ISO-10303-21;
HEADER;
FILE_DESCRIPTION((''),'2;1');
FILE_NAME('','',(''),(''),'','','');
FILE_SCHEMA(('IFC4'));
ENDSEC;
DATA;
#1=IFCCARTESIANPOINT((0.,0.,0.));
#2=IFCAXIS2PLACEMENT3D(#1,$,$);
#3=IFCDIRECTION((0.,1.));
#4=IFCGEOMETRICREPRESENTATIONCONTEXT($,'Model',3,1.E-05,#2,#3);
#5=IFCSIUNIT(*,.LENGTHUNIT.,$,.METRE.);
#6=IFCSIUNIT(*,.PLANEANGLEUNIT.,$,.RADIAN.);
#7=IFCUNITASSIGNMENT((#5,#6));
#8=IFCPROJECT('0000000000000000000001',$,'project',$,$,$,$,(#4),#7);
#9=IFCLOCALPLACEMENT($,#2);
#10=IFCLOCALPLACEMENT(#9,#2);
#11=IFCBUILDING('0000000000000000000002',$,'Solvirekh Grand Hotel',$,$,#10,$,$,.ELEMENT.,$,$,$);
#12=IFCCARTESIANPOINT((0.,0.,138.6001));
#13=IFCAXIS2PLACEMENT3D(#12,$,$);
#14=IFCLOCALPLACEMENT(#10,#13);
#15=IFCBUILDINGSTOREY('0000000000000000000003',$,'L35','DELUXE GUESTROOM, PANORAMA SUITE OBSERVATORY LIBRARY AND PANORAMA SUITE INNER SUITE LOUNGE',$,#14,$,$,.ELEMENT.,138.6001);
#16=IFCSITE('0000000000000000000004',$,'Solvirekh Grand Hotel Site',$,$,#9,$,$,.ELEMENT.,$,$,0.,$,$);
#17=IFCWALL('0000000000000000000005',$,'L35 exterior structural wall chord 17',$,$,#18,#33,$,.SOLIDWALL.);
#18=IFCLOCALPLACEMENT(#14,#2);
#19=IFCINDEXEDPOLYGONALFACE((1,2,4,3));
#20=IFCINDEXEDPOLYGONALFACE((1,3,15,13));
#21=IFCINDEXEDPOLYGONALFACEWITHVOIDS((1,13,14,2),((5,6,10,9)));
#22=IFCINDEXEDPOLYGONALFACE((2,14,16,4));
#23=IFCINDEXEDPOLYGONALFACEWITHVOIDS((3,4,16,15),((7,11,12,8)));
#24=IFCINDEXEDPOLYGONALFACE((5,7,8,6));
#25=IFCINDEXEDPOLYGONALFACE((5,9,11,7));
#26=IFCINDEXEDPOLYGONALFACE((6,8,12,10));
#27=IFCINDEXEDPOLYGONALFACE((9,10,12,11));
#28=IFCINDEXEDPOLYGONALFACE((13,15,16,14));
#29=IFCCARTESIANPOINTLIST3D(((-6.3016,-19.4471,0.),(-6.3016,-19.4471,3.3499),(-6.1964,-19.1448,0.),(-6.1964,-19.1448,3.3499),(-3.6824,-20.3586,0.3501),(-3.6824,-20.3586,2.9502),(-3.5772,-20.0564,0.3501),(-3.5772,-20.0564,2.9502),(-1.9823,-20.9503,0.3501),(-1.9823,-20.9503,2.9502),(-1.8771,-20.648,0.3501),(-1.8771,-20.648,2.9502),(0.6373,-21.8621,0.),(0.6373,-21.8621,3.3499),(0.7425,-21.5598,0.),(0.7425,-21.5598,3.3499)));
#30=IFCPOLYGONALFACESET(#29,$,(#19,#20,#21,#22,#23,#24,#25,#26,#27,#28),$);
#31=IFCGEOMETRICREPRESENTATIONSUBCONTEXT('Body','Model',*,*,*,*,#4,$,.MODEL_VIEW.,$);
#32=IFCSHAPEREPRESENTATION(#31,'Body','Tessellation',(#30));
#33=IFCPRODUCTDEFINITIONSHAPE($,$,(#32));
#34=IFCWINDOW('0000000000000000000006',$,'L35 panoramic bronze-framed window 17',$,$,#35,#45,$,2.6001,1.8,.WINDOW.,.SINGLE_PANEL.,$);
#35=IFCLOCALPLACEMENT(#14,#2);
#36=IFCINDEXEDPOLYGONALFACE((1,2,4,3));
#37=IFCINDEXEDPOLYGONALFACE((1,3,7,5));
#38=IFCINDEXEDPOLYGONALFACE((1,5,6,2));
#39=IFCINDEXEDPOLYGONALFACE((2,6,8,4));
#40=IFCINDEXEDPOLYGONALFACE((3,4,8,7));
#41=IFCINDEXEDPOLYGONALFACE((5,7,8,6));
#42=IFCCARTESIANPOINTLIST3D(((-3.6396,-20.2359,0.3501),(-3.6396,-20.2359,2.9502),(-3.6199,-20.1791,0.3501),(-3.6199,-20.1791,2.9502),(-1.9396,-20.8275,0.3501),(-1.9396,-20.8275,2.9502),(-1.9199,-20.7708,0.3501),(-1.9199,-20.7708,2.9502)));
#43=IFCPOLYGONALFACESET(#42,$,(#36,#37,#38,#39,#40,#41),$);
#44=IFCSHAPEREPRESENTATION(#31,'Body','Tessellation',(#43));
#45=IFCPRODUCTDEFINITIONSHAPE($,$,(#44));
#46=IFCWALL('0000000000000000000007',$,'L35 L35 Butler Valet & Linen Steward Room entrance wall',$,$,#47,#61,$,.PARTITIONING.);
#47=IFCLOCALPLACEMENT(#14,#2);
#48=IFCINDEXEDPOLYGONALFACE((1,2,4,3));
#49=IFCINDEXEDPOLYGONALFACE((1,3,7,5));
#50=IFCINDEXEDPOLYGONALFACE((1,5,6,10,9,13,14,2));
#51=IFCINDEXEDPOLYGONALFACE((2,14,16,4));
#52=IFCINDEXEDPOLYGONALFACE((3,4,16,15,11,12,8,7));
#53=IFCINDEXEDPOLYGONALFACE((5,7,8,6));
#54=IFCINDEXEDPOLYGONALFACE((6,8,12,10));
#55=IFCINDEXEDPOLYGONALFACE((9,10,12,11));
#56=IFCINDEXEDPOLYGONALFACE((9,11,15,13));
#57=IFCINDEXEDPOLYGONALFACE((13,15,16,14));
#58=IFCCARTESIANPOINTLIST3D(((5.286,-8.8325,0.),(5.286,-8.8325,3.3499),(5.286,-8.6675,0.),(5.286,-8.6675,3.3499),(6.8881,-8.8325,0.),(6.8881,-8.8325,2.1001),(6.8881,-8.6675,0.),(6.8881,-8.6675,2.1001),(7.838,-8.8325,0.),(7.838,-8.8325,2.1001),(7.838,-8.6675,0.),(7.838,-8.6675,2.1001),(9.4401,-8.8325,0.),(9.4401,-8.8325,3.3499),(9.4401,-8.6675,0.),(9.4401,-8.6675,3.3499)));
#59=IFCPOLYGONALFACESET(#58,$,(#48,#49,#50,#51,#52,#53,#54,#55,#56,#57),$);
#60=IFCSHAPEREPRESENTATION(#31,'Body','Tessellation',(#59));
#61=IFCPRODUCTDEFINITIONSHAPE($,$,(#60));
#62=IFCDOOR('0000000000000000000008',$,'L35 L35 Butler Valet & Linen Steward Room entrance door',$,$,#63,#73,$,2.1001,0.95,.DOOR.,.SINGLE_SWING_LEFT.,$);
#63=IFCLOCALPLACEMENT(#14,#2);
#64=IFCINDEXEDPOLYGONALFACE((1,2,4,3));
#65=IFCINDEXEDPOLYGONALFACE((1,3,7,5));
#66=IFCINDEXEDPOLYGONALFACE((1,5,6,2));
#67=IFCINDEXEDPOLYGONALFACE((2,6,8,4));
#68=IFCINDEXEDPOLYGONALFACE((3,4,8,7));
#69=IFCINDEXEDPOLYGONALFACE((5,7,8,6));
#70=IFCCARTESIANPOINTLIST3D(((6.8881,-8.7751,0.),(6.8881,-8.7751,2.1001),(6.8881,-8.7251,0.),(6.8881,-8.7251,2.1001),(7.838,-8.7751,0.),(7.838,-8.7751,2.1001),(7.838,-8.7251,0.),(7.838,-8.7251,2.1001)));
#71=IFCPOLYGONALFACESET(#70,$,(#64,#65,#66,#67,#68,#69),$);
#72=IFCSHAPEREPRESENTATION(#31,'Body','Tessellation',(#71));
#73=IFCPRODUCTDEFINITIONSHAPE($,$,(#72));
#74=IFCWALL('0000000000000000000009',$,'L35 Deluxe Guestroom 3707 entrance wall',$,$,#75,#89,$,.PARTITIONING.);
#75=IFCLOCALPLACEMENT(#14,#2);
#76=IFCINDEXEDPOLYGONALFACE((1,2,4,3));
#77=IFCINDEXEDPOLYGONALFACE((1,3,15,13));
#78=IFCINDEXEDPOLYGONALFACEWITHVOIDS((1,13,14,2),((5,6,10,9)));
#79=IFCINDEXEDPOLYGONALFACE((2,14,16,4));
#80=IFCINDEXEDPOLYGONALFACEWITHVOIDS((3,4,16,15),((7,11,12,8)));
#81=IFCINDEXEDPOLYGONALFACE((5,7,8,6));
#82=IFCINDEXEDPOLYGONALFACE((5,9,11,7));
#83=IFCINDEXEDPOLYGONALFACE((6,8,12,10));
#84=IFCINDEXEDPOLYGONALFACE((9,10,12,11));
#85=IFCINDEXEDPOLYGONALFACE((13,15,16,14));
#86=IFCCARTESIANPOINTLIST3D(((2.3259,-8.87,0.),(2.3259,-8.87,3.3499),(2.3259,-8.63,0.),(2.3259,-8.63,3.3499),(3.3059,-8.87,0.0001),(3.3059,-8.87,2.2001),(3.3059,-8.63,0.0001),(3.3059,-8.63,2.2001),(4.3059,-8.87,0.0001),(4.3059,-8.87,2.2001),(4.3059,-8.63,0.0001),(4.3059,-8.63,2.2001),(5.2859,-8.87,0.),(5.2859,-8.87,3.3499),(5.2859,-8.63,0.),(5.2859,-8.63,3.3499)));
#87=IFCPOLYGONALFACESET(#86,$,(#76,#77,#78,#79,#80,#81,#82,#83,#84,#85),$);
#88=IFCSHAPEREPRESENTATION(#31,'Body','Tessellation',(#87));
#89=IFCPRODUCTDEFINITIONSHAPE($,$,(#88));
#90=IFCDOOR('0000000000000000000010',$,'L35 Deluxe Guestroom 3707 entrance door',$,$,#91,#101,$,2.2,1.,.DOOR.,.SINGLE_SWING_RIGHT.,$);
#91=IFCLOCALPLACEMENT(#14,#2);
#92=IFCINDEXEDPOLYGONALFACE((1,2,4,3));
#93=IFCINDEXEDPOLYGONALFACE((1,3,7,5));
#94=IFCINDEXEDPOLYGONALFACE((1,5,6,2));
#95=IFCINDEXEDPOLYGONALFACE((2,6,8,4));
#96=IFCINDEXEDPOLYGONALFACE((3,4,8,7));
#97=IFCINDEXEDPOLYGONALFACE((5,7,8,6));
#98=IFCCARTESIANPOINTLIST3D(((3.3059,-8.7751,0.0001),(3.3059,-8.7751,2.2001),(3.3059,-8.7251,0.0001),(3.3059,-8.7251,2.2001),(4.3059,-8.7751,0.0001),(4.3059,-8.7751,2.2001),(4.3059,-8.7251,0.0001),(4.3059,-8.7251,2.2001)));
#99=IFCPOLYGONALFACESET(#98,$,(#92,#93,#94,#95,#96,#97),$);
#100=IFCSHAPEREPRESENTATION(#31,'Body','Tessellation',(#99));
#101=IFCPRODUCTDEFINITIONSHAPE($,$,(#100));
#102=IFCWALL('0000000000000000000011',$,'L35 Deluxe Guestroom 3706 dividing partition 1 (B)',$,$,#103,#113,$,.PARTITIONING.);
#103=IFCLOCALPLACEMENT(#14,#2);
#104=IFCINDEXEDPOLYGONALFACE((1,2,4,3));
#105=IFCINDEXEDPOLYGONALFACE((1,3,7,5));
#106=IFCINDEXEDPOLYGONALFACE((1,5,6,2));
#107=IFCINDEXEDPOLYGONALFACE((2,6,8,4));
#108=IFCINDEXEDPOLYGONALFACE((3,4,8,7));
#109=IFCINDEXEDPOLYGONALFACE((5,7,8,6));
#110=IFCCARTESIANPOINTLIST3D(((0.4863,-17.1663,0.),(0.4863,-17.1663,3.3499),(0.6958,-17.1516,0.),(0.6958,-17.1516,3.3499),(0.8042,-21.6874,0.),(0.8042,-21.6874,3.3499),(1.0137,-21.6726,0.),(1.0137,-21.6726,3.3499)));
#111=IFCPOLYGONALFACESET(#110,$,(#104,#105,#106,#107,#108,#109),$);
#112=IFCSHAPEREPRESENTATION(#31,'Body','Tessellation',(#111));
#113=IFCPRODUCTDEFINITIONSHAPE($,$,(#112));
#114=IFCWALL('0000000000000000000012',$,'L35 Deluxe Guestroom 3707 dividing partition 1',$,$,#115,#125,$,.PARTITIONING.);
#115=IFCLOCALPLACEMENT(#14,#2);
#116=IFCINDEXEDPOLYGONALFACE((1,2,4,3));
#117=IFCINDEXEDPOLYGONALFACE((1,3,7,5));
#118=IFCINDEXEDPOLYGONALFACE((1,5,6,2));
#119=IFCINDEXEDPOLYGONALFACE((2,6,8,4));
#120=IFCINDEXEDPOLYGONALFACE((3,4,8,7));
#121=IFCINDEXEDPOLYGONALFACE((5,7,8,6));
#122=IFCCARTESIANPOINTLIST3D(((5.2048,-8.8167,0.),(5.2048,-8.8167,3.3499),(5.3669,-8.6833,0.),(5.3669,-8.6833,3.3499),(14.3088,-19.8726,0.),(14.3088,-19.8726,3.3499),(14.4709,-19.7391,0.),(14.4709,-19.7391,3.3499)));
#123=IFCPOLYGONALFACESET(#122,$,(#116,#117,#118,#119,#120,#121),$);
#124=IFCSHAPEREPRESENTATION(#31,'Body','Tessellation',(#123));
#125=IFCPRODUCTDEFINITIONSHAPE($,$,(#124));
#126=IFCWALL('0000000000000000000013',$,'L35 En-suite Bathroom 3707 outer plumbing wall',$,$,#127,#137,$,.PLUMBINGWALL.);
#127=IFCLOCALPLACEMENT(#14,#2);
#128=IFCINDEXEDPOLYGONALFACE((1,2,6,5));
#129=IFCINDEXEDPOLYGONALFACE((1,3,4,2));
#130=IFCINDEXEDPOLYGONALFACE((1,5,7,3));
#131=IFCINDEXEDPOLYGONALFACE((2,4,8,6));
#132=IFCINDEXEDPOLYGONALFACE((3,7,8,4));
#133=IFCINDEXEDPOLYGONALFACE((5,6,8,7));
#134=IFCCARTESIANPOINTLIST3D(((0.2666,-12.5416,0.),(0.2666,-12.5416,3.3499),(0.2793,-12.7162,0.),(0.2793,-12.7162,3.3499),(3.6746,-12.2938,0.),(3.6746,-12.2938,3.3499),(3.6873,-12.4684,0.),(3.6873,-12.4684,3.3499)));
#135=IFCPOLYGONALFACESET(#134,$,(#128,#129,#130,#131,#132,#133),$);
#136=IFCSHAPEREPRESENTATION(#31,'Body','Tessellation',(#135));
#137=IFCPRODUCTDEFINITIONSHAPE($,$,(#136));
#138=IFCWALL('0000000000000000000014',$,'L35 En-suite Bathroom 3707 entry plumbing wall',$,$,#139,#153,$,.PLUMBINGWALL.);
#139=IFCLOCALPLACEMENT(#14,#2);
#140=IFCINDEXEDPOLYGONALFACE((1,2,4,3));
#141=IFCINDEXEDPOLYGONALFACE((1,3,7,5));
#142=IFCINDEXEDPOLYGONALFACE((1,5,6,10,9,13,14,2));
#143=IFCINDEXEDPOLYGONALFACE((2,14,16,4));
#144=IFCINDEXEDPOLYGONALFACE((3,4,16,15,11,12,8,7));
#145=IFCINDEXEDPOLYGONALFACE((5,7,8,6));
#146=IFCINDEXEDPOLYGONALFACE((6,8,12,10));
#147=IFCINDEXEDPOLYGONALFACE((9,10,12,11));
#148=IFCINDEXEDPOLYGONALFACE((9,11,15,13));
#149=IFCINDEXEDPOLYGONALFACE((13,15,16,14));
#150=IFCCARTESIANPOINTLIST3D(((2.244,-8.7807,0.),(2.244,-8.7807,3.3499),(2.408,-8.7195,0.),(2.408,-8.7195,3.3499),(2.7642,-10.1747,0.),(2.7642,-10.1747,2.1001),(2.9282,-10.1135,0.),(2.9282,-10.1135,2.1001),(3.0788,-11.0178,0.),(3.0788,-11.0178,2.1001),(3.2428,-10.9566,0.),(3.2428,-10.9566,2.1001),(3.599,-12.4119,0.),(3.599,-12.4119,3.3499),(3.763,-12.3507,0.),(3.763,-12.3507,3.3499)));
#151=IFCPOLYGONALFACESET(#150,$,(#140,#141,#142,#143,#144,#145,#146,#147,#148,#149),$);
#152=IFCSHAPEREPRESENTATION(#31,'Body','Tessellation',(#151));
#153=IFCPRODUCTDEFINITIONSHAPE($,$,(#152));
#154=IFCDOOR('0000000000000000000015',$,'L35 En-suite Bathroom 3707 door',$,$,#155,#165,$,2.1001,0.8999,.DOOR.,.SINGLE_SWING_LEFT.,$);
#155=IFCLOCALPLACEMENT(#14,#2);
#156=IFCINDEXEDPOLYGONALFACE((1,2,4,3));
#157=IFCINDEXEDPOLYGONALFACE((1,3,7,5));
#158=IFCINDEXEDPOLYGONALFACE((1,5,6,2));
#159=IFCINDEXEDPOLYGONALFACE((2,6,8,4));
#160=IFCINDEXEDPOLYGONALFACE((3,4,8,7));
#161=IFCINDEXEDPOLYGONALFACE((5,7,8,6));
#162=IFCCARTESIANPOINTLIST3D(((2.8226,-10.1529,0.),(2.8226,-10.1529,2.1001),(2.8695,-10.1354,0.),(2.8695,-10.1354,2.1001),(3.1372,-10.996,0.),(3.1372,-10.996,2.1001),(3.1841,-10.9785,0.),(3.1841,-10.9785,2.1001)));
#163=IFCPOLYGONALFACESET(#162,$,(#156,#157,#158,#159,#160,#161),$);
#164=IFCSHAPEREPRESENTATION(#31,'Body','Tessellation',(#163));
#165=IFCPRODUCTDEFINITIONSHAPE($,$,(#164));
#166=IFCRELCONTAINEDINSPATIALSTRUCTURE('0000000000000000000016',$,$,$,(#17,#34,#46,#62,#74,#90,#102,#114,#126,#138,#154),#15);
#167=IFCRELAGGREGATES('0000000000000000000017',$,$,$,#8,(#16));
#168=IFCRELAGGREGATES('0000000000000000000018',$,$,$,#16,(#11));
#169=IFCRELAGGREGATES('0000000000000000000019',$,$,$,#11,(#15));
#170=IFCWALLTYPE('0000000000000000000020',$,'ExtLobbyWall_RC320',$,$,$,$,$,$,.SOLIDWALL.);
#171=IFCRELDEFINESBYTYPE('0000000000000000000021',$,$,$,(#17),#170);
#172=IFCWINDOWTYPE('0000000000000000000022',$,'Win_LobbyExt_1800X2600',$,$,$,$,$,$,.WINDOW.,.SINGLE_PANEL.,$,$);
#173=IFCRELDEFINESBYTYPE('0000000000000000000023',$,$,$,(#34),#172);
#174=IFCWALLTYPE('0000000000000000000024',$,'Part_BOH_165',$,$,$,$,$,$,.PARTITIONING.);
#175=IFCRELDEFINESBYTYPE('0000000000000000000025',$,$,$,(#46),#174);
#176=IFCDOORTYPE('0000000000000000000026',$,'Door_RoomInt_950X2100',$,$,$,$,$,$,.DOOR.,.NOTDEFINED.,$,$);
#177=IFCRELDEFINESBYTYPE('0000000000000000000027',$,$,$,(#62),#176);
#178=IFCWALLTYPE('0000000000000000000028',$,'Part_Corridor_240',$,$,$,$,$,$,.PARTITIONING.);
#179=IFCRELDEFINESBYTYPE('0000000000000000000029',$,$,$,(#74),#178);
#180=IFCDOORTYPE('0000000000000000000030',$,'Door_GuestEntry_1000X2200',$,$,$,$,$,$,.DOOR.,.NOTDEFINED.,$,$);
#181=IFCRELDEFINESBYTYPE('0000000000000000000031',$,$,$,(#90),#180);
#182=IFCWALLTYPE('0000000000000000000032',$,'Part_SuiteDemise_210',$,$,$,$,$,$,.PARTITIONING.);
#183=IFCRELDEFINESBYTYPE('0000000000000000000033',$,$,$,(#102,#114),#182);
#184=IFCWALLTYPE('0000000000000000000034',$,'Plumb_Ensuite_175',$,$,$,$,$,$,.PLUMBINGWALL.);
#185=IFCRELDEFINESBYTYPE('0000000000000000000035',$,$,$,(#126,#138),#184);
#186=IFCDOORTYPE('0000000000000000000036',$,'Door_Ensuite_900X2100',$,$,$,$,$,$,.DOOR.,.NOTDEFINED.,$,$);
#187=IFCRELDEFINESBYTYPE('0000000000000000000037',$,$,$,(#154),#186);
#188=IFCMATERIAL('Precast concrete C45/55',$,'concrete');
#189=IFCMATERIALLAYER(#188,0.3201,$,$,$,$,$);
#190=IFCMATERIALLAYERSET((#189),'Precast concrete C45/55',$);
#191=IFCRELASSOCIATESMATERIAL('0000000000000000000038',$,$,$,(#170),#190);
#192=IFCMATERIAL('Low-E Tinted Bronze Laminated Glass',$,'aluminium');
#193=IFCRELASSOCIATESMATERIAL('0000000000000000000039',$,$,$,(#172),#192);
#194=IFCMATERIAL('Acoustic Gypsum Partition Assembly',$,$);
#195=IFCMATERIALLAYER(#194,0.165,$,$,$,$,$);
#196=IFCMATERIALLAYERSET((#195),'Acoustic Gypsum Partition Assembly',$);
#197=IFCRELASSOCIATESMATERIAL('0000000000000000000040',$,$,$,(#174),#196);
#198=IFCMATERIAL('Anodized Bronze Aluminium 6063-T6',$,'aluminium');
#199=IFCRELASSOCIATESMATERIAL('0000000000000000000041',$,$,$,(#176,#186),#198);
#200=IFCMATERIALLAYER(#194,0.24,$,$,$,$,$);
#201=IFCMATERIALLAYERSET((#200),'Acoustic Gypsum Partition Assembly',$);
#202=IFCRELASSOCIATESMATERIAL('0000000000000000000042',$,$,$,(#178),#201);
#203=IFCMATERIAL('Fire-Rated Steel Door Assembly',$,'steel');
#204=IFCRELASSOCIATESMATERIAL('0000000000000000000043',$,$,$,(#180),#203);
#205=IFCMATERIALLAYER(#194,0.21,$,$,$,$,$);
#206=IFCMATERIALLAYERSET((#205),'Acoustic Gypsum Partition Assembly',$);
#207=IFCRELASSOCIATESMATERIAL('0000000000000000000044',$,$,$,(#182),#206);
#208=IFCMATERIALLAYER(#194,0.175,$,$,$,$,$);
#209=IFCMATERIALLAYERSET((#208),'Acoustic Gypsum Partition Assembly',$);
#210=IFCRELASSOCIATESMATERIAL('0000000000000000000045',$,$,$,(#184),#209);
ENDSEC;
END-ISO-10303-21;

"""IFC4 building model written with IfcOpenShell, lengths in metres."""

from ifc_helpers import new_model, si_unit, direction, frame, frame_2d, origin, place, context, subcontext, project, spatial, rectangle, extrude, material, layer, layer_set, type_object, element, fill, save


model = new_model("IFC4")

# Units and contexts
model_context = context("Model", 3, precision=1e-05, world=origin(), true_north=direction((0.0, 1.0)))
body_context = subcontext(model_context, "Body", "Model", "MODEL_VIEW")
ifc_project = project(units=[si_unit("LENGTHUNIT", "METRE"), si_unit("PLANEANGLEUNIT", "RADIAN")], contexts=[model_context])

# Site, building, storey
site_placement = place(None, origin())
site = spatial("IfcSite", under=ifc_project, at=site_placement, Name="Solvirekh Grand Hotel Site", CompositionType="ELEMENT", RefElevation=0.0)
building_placement = place(site_placement, origin())
building = spatial("IfcBuilding", under=site, at=building_placement, Name="Solvirekh Grand Hotel", CompositionType="ELEMENT")
storey_placement = place(building_placement, frame((0.0, 0.0, 138.6001)))
storey = spatial("IfcBuildingStorey", under=building, at=storey_placement, Name="L35", Description="DELUXE GUESTROOM, PANORAMA SUITE OBSERVATORY LIBRARY AND PANORAMA SUITE INNER SUITE LOUNGE", CompositionType="ELEMENT", Elevation=138.6001)

# Shared definitions
ifc_material_1 = material(Name="Anodized Bronze Aluminium 6063-T6", Category="aluminium")
ifc_material_2 = material(Name="Low-E Tinted Bronze Laminated Glass", Category="aluminium")

# Wall, opening, window
ifc_material_3 = material(Name="Precast concrete C45/55", Category="concrete")
ifc_layer_1 = layer(ifc_material_3, 0.3201)
ifc_layer_set_1 = layer_set([ifc_layer_1], Name="Precast concrete C45/55")
wall_type_1 = type_object("IfcWallType", Name="ExtLobbyWall_RC320", PredefinedType="SOLIDWALL", material=ifc_layer_set_1)
wall_1_placement = place(storey_placement, frame((0.6899, -21.7109, 0.0), z_axis=(0.0, 0.0, 1.0), x_axis=(-0.944434, 0.328701, 0.0)))
wall_1 = element("IfcWall", 1, at=wall_1_placement, inside=storey, type_object=wall_type_1, Name="L35 exterior structural wall chord 17", PredefinedType="SOLIDWALL", context=body_context, shape_type="SweptSolid", body=[
    extrude(rectangle(XDim=7.3472, YDim=0.3201, at=frame_2d((3.6736, 0.0))), origin(), (0.0, 0.0, 1.0), 3.3499),
])
opening_1_placement = place(wall_1_placement, frame((2.7739, 0.0, 0.3501)))
opening_1 = element("IfcOpeningElement", 2, at=opening_1_placement, cuts=wall_1, PredefinedType="OPENING", context=body_context, shape_type="SweptSolid", body=[
    extrude(rectangle(XDim=1.8, YDim=2.6001, at=frame_2d((0.8999, 1.3))), frame((0.0, 0.1699, 0.0), z_axis=(0.0, -1.0, 0.0), x_axis=(1.0, 0.0, 0.0)), (0.0, 0.0, 1.0), 0.3401),
])
window_type = type_object("IfcWindowType", Name="Win_LobbyExt_1800X2600", PartitioningType="SINGLE_PANEL", PredefinedType="WINDOW", material=ifc_material_2)
window_placement = place(opening_1_placement, origin())
window = element("IfcWindow", 3, at=window_placement, inside=storey, type_object=window_type, Name="L35 panoramic bronze-framed window 17", OverallHeight=2.6001, OverallWidth=1.8, PartitioningType="SINGLE_PANEL", PredefinedType="WINDOW", context=body_context, shape_type="SweptSolid", body=[
    extrude(rectangle(XDim=1.8, YDim=2.6001, at=frame_2d((0.8999, 1.3))), frame((0.0, 0.03, 0.0), z_axis=(0.0, -1.0, 0.0), x_axis=(1.0, 0.0, 0.0)), (0.0, 0.0, 1.0), 0.0601),
])
fill(opening_1, window)

# Walls, openings, doors
ifc_material_4 = material(Name="Acoustic Gypsum Partition Assembly")
ifc_layer_2 = layer(ifc_material_4, 0.165)
ifc_layer_set_2 = layer_set([ifc_layer_2], Name="Acoustic Gypsum Partition Assembly")
wall_type_2 = type_object("IfcWallType", Name="Part_BOH_165", PredefinedType="PARTITIONING", material=ifc_layer_set_2)
wall_2_placement = place(storey_placement, frame((5.2859, -8.75, 0.0), z_axis=(0.0, 0.0, 1.0), x_axis=(1.0, 0.0, 0.0)))
wall_2 = element("IfcWall", 4, at=wall_2_placement, inside=storey, type_object=wall_type_2, Name="L35 L35 Butler Valet & Linen Steward Room entrance wall", PredefinedType="PARTITIONING", context=body_context, shape_type="SweptSolid", body=[
    extrude(rectangle(XDim=4.1541, YDim=0.165, at=frame_2d((2.0771, 0.0))), origin(), (0.0, 0.0, 1.0), 3.3499),
])
opening_2_placement = place(wall_2_placement, frame((1.6021, 0.0, 0.0)))
opening_2 = element("IfcOpeningElement", 5, at=opening_2_placement, cuts=wall_2, PredefinedType="OPENING", context=body_context, shape_type="SweptSolid", body=[
    extrude(rectangle(XDim=0.95, YDim=2.1001, at=frame_2d((0.4751, 1.05))), frame((0.0, 0.0925, 0.0), z_axis=(0.0, -1.0, 0.0), x_axis=(1.0, 0.0, 0.0)), (0.0, 0.0, 1.0), 0.1851),
])
door_type_1 = type_object("IfcDoorType", Name="Door_RoomInt_950X2100", OperationType="NOTDEFINED", PredefinedType="DOOR", material=ifc_material_1)
door_1_placement = place(opening_2_placement, origin())
door_1 = element("IfcDoor", 6, at=door_1_placement, inside=storey, type_object=door_type_1, Name="L35 L35 Butler Valet & Linen Steward Room entrance door", OperationType="SINGLE_SWING_LEFT", OverallHeight=2.1001, OverallWidth=0.95, PredefinedType="DOOR", context=body_context, shape_type="SweptSolid", body=[
    extrude(rectangle(XDim=0.95, YDim=2.1001, at=frame_2d((0.4751, 1.05))), frame((0.0, 0.0249, 0.0), z_axis=(0.0, -1.0, 0.0), x_axis=(1.0, 0.0, 0.0)), (0.0, 0.0, 1.0), 0.05),
])
fill(opening_2, door_1)
ifc_layer_3 = layer(ifc_material_4, 0.24)
ifc_layer_set_3 = layer_set([ifc_layer_3], Name="Acoustic Gypsum Partition Assembly")
wall_type_3 = type_object("IfcWallType", Name="Part_Corridor_240", PredefinedType="PARTITIONING", material=ifc_layer_set_3)
wall_3_placement = place(storey_placement, frame((2.3259, -8.75, 0.0), z_axis=(0.0, 0.0, 1.0), x_axis=(1.0, 0.0, 0.0)))
wall_3 = element("IfcWall", 7, at=wall_3_placement, inside=storey, type_object=wall_type_3, Name="L35 Deluxe Guestroom 3707 entrance wall", PredefinedType="PARTITIONING", context=body_context, shape_type="SweptSolid", body=[
    extrude(rectangle(XDim=2.96, YDim=0.24, at=frame_2d((1.48, 0.0))), origin(), (0.0, 0.0, 1.0), 3.3499),
])
opening_3_placement = place(wall_3_placement, frame((0.98, 0.0, 0.0)))
opening_3 = element("IfcOpeningElement", 8, at=opening_3_placement, cuts=wall_3, PredefinedType="OPENING", context=body_context, shape_type="SweptSolid", body=[
    extrude(rectangle(XDim=1.0, YDim=2.2, at=frame_2d((0.5, 1.1001))), frame((0.0, 0.1299, 0.0), z_axis=(0.0, -1.0, 0.0), x_axis=(1.0, 0.0, 0.0)), (0.0, 0.0, 1.0), 0.26),
])
ifc_material_5 = material(Name="Fire-Rated Steel Door Assembly", Category="steel")
door_type_2 = type_object("IfcDoorType", Name="Door_GuestEntry_1000X2200", OperationType="NOTDEFINED", PredefinedType="DOOR", material=ifc_material_5)
door_2_placement = place(opening_3_placement, origin())
door_2 = element("IfcDoor", 9, at=door_2_placement, inside=storey, type_object=door_type_2, Name="L35 Deluxe Guestroom 3707 entrance door", OperationType="SINGLE_SWING_RIGHT", OverallHeight=2.2, OverallWidth=1.0, PredefinedType="DOOR", context=body_context, shape_type="SweptSolid", body=[
    extrude(rectangle(XDim=1.0, YDim=2.2, at=frame_2d((0.5, 1.1001))), frame((0.0, 0.0249, 0.0), z_axis=(0.0, -1.0, 0.0), x_axis=(1.0, 0.0, 0.0)), (0.0, 0.0, 1.0), 0.05),
])
fill(opening_3, door_2)

# Walls
ifc_layer_4 = layer(ifc_material_4, 0.21)
ifc_layer_set_4 = layer_set([ifc_layer_4], Name="Acoustic Gypsum Partition Assembly")
wall_type_4 = type_object("IfcWallType", Name="Part_SuiteDemise_210", PredefinedType="PARTITIONING", material=ifc_layer_set_4)
wall_4_placement = place(storey_placement, frame((0.5911, -17.1589, 0.0), z_axis=(0.0, 0.0, 1.0), x_axis=(0.070137, -0.997537, 0.0)))
element("IfcWall", 10, at=wall_4_placement, inside=storey, type_object=wall_type_4, Name="L35 Deluxe Guestroom 3706 dividing partition 1 (B)", PredefinedType="PARTITIONING", context=body_context, shape_type="SweptSolid", body=[
    extrude(rectangle(XDim=4.5322, YDim=0.21, at=frame_2d((2.2661, 0.0))), origin(), (0.0, 0.0, 1.0), 3.3499),
])
wall_5_placement = place(storey_placement, frame((5.2859, -8.75, 0.0), z_axis=(0.0, 0.0, 1.0), x_axis=(0.635671, -0.77196, 0.0)))
element("IfcWall", 11, at=wall_5_placement, inside=storey, type_object=wall_type_4, Name="L35 Deluxe Guestroom 3707 dividing partition 1", PredefinedType="PARTITIONING", context=body_context, shape_type="SweptSolid", body=[
    extrude(rectangle(XDim=14.3218, YDim=0.21, at=frame_2d((7.1609, 0.0))), origin(), (0.0, 0.0, 1.0), 3.3499),
])
ifc_layer_5 = layer(ifc_material_4, 0.175)
ifc_layer_set_5 = layer_set([ifc_layer_5], Name="Acoustic Gypsum Partition Assembly")
wall_type_5 = type_object("IfcWallType", Name="Plumb_Ensuite_175", PredefinedType="PLUMBINGWALL", material=ifc_layer_set_5)
wall_6_placement = place(storey_placement, frame((0.2729, -12.6289, 0.0), z_axis=(0.0, 0.0, 1.0), x_axis=(0.997367, 0.072521, 0.0)))
element("IfcWall", 12, at=wall_6_placement, inside=storey, type_object=wall_type_5, Name="L35 En-suite Bathroom 3707 outer plumbing wall", PredefinedType="PLUMBINGWALL", context=body_context, shape_type="SweptSolid", body=[
    extrude(rectangle(XDim=3.417, YDim=0.175, at=frame_2d((1.7085, 0.0))), origin(), (0.0, 0.0, 1.0), 3.3499),
])

# Wall, opening, door
wall_7_placement = place(storey_placement, frame((2.3259, -8.75, 0.0), z_axis=(0.0, 0.0, 1.0), x_axis=(0.349611, -0.936895, 0.0)))
wall_7 = element("IfcWall", 13, at=wall_7_placement, inside=storey, type_object=wall_type_5, Name="L35 En-suite Bathroom 3707 entry plumbing wall", PredefinedType="PLUMBINGWALL", context=body_context, shape_type="SweptSolid", body=[
    extrude(rectangle(XDim=3.8757, YDim=0.175, at=frame_2d((1.938, 0.0))), origin(), (0.0, 0.0, 1.0), 3.3499),
])
opening_4_placement = place(wall_7_placement, frame((1.488, 0.0, 0.0)))
opening_4 = element("IfcOpeningElement", 14, at=opening_4_placement, cuts=wall_7, PredefinedType="OPENING", context=body_context, shape_type="SweptSolid", body=[
    extrude(rectangle(XDim=0.8999, YDim=2.1001, at=frame_2d((0.45, 1.05))), frame((0.0, 0.0977, 0.0), z_axis=(0.0, -1.0, 0.0), x_axis=(1.0, 0.0, 0.0)), (0.0, 0.0, 1.0), 0.1951),
])
door_type_3 = type_object("IfcDoorType", Name="Door_Ensuite_900X2100", OperationType="NOTDEFINED", PredefinedType="DOOR", material=ifc_material_1)
door_3_placement = place(opening_4_placement, origin())
door_3 = element("IfcDoor", 15, at=door_3_placement, inside=storey, type_object=door_type_3, Name="L35 En-suite Bathroom 3707 door", OperationType="SINGLE_SWING_LEFT", OverallHeight=2.1001, OverallWidth=0.8999, PredefinedType="DOOR", context=body_context, shape_type="SweptSolid", body=[
    extrude(rectangle(XDim=0.8999, YDim=2.1001, at=frame_2d((0.45, 1.05))), frame((0.0, 0.0249, 0.0), z_axis=(0.0, -1.0, 0.0), x_axis=(1.0, 0.0, 0.0)), (0.0, 0.0, 1.0), 0.05),
])
fill(opening_4, door_3)

save(model, "model.ifc")
